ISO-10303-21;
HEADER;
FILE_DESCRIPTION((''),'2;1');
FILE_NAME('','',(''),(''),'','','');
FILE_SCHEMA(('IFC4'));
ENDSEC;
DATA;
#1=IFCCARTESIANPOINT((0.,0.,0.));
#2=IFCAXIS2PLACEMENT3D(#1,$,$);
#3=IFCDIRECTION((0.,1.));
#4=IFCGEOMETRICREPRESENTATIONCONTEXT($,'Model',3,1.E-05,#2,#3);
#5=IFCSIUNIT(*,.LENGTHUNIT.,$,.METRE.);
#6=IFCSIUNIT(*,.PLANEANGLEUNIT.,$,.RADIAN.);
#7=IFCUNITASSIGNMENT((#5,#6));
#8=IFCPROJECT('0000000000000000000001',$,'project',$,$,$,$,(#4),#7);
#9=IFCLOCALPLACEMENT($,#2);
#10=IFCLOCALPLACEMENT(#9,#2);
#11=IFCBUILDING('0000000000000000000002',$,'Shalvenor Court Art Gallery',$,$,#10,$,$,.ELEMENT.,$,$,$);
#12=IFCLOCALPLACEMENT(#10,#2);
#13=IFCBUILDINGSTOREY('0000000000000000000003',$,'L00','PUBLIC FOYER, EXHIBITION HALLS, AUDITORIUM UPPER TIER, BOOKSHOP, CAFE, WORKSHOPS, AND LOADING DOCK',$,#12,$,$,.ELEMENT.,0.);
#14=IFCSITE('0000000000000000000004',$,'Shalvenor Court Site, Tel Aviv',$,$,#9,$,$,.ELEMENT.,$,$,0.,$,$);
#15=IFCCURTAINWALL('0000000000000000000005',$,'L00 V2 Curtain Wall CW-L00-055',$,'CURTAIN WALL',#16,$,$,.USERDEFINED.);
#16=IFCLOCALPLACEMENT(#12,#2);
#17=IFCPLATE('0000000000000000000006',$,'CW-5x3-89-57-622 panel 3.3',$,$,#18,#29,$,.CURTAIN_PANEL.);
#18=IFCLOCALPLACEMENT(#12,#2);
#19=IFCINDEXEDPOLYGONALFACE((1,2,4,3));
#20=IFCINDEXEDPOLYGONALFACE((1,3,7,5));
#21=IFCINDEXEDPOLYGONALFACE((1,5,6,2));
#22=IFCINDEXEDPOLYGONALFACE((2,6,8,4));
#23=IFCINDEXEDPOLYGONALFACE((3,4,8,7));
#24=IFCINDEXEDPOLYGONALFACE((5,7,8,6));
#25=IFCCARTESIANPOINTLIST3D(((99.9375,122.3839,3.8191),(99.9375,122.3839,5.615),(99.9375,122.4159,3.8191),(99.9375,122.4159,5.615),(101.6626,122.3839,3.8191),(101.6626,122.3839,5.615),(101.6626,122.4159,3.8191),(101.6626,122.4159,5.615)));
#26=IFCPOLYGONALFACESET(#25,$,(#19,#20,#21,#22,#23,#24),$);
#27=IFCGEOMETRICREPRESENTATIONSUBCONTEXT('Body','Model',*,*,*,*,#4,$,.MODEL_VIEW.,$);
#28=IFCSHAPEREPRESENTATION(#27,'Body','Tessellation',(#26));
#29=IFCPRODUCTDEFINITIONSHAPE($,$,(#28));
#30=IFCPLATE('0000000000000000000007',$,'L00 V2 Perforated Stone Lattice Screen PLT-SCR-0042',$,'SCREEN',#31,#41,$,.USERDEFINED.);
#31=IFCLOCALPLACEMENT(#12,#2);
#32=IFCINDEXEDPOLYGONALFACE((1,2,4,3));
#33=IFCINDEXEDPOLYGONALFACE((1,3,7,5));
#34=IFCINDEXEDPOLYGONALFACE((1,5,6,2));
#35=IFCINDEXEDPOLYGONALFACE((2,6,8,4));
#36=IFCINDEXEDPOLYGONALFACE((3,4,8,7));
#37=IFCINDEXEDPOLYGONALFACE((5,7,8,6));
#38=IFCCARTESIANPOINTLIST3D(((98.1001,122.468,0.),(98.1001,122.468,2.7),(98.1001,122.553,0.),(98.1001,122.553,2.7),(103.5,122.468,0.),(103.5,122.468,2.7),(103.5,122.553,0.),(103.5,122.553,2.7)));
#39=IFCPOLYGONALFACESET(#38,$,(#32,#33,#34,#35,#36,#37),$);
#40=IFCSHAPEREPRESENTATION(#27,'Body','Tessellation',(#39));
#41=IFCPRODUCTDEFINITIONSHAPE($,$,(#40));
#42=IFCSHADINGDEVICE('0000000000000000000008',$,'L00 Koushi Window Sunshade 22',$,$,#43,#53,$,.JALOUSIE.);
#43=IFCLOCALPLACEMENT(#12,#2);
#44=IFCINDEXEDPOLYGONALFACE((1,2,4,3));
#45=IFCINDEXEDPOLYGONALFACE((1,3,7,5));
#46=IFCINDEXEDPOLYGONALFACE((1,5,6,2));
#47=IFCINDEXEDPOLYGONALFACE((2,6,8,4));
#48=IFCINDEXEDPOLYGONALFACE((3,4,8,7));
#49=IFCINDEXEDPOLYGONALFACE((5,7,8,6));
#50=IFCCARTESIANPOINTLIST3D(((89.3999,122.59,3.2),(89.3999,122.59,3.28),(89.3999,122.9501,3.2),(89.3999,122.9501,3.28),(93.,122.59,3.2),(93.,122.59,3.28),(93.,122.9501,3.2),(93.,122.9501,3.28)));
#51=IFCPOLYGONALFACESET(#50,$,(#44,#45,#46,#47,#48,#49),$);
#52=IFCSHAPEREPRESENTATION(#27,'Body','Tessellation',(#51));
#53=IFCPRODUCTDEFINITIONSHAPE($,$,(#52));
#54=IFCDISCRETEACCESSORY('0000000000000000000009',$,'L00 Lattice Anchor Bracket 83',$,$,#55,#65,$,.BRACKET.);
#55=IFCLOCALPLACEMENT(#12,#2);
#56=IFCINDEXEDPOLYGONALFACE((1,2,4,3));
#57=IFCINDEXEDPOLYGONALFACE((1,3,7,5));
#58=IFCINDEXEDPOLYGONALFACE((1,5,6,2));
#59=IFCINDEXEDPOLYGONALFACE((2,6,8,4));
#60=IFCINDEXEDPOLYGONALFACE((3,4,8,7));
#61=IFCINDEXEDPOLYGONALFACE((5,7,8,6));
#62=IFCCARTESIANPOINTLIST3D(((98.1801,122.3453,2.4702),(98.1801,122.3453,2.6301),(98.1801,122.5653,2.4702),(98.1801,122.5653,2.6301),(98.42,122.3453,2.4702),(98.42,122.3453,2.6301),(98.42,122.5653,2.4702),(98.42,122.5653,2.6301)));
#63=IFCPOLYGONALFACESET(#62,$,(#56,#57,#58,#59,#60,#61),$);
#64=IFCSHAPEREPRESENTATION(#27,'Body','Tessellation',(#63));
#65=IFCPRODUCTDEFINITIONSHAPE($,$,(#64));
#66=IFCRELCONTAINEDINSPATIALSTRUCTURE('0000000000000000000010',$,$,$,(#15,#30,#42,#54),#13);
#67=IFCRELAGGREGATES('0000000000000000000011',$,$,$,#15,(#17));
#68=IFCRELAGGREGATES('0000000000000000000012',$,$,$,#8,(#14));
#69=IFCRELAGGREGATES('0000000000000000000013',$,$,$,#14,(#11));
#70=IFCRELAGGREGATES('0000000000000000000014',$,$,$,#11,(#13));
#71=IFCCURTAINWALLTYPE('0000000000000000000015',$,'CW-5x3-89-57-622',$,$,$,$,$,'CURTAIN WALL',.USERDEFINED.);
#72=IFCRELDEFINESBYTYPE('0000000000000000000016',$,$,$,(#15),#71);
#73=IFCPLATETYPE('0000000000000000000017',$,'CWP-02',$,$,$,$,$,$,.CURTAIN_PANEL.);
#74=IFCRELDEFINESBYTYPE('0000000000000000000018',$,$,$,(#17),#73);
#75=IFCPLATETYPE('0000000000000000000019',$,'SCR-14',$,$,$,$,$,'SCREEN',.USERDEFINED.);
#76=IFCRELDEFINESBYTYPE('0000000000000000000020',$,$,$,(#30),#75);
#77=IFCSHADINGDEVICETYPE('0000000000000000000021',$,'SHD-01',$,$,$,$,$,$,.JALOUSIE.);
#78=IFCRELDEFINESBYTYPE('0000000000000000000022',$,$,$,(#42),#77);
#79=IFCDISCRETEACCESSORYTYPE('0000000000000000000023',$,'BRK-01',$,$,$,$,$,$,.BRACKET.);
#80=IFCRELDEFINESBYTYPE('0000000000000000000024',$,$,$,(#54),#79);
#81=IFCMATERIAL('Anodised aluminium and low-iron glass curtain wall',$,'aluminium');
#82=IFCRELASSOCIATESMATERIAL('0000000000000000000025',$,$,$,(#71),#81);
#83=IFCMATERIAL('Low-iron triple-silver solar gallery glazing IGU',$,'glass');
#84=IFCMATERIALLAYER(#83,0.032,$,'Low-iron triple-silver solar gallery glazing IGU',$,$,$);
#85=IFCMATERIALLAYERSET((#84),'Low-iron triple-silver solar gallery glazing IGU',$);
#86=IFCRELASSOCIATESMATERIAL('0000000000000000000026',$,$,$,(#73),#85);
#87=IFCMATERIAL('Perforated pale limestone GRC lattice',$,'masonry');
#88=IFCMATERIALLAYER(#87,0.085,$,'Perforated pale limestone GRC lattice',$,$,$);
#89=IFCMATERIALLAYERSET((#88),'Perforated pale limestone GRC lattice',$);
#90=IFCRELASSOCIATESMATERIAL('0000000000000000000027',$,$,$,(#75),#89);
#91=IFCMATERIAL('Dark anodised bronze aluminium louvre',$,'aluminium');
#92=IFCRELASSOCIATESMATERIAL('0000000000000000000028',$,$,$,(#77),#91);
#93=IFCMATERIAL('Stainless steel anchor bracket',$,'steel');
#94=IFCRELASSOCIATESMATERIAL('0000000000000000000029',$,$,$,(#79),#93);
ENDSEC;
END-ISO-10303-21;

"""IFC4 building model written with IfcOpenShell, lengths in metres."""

from ifc_helpers import new_model, si_unit, direction, frame, origin, origin_2d, place, context, subcontext, project, spatial, rectangle, extrude, material, layer, layer_set, type_object, element, aggregate, save


model = new_model("IFC4")

# Units and contexts
model_context = context("Model", 3, precision=1e-05, world=origin(), true_north=direction((0.0, 1.0)))
body_context = subcontext(model_context, "Body", "Model", "MODEL_VIEW")
ifc_project = project(units=[si_unit("LENGTHUNIT", "METRE"), si_unit("PLANEANGLEUNIT", "RADIAN")], contexts=[model_context])

# Site, building, storey
site_placement = place(None, origin())
site = spatial("IfcSite", under=ifc_project, at=site_placement, Name="Shalvenor Court Site, Tel Aviv", CompositionType="ELEMENT", RefElevation=0.0)
building_placement = place(site_placement, origin())
building = spatial("IfcBuilding", under=site, at=building_placement, Name="Shalvenor Court Art Gallery", CompositionType="ELEMENT")
storey_placement = place(building_placement, origin())
storey = spatial("IfcBuildingStorey", under=building, at=storey_placement, Name="L00", Description="PUBLIC FOYER, EXHIBITION HALLS, AUDITORIUM UPPER TIER, BOOKSHOP, CAFE, WORKSHOPS, AND LOADING DOCK", CompositionType="ELEMENT", Elevation=0.0)

# Curtain wall, plate
ifc_material_1 = material(Name="Anodised aluminium and low-iron glass curtain wall", Category="aluminium")
curtain_wall_type = type_object("IfcCurtainWallType", Name="CW-5x3-89-57-622", ElementType="CURTAIN WALL", PredefinedType="USERDEFINED", material=ifc_material_1)
curtain_wall_placement = place(storey_placement, origin())
curtain_wall = element("IfcCurtainWall", 1, at=curtain_wall_placement, inside=storey, type_object=curtain_wall_type, Name="L00 V2 Curtain Wall CW-L00-055", ObjectType="CURTAIN WALL", PredefinedType="USERDEFINED")
ifc_material_2 = material(Name="Low-iron triple-silver solar gallery glazing IGU", Category="glass")
ifc_layer_1 = layer(ifc_material_2, 0.032, Name="Low-iron triple-silver solar gallery glazing IGU")
ifc_layer_set_1 = layer_set([ifc_layer_1], Name="Low-iron triple-silver solar gallery glazing IGU")
plate_type_1 = type_object("IfcPlateType", Name="CWP-02", PredefinedType="CURTAIN_PANEL", material=ifc_layer_set_1)
plate_1_placement = place(storey_placement, frame((100.8, 122.3999, 3.8191), z_axis=(0.0, 0.0, 1.0), x_axis=(1.0, 0.0, 0.0)))
plate_1 = element("IfcPlate", 2, at=plate_1_placement, type_object=plate_type_1, Name="CW-5x3-89-57-622 panel 3.3", PredefinedType="CURTAIN_PANEL", context=body_context, shape_type="SweptSolid", body=[
    extrude(rectangle(XDim=1.7251, YDim=0.032, at=origin_2d()), origin(), (0.0, 0.0, 1.0), 1.7959),
])
aggregate(curtain_wall, [plate_1])

# Plate
ifc_material_3 = material(Name="Perforated pale limestone GRC lattice", Category="masonry")
ifc_layer_2 = layer(ifc_material_3, 0.085, Name="Perforated pale limestone GRC lattice")
ifc_layer_set_2 = layer_set([ifc_layer_2], Name="Perforated pale limestone GRC lattice")
plate_type_2 = type_object("IfcPlateType", Name="SCR-14", ElementType="SCREEN", PredefinedType="USERDEFINED", material=ifc_layer_set_2)
plate_2_placement = place(storey_placement, frame((100.8, 122.5105, 0.0), z_axis=(0.0, 0.0, 1.0), x_axis=(1.0, 0.0, 0.0)))
element("IfcPlate", 3, at=plate_2_placement, inside=storey, type_object=plate_type_2, Name="L00 V2 Perforated Stone Lattice Screen PLT-SCR-0042", ObjectType="SCREEN", PredefinedType="USERDEFINED", context=body_context, shape_type="SweptSolid", body=[
    extrude(rectangle(XDim=5.3999, YDim=0.085, at=origin_2d()), origin(), (0.0, 0.0, 1.0), 2.7),
])

# Shading device
ifc_material_4 = material(Name="Dark anodised bronze aluminium louvre", Category="aluminium")
shading_device_type = type_object("IfcShadingDeviceType", Name="SHD-01", PredefinedType="JALOUSIE", material=ifc_material_4)
shading_device_placement = place(storey_placement, frame((91.2, 122.77, 3.2), z_axis=(0.0, 0.0, 1.0), x_axis=(1.0, 0.0, 0.0)))
element("IfcShadingDevice", 4, at=shading_device_placement, inside=storey, type_object=shading_device_type, Name="L00 Koushi Window Sunshade 22", PredefinedType="JALOUSIE", context=body_context, shape_type="SweptSolid", body=[
    extrude(rectangle(XDim=3.6001, YDim=0.3601, at=origin_2d()), origin(), (0.0, 0.0, 1.0), 0.0801),
])

# Discrete accessory
ifc_material_5 = material(Name="Stainless steel anchor bracket", Category="steel")
discrete_accessory_type = type_object("IfcDiscreteAccessoryType", Name="BRK-01", PredefinedType="BRACKET", material=ifc_material_5)
discrete_accessory_placement = place(storey_placement, frame((98.3, 122.4553, 2.4702), z_axis=(0.0, 0.0, 1.0), x_axis=(1.0, 0.0, 0.0)))
element("IfcDiscreteAccessory", 5, at=discrete_accessory_placement, inside=storey, type_object=discrete_accessory_type, Name="L00 Lattice Anchor Bracket 83", PredefinedType="BRACKET", context=body_context, shape_type="SweptSolid", body=[
    extrude(rectangle(XDim=0.24, YDim=0.22, at=origin_2d()), origin(), (0.0, 0.0, 1.0), 0.1599),
])

save(model, "model.ifc")
